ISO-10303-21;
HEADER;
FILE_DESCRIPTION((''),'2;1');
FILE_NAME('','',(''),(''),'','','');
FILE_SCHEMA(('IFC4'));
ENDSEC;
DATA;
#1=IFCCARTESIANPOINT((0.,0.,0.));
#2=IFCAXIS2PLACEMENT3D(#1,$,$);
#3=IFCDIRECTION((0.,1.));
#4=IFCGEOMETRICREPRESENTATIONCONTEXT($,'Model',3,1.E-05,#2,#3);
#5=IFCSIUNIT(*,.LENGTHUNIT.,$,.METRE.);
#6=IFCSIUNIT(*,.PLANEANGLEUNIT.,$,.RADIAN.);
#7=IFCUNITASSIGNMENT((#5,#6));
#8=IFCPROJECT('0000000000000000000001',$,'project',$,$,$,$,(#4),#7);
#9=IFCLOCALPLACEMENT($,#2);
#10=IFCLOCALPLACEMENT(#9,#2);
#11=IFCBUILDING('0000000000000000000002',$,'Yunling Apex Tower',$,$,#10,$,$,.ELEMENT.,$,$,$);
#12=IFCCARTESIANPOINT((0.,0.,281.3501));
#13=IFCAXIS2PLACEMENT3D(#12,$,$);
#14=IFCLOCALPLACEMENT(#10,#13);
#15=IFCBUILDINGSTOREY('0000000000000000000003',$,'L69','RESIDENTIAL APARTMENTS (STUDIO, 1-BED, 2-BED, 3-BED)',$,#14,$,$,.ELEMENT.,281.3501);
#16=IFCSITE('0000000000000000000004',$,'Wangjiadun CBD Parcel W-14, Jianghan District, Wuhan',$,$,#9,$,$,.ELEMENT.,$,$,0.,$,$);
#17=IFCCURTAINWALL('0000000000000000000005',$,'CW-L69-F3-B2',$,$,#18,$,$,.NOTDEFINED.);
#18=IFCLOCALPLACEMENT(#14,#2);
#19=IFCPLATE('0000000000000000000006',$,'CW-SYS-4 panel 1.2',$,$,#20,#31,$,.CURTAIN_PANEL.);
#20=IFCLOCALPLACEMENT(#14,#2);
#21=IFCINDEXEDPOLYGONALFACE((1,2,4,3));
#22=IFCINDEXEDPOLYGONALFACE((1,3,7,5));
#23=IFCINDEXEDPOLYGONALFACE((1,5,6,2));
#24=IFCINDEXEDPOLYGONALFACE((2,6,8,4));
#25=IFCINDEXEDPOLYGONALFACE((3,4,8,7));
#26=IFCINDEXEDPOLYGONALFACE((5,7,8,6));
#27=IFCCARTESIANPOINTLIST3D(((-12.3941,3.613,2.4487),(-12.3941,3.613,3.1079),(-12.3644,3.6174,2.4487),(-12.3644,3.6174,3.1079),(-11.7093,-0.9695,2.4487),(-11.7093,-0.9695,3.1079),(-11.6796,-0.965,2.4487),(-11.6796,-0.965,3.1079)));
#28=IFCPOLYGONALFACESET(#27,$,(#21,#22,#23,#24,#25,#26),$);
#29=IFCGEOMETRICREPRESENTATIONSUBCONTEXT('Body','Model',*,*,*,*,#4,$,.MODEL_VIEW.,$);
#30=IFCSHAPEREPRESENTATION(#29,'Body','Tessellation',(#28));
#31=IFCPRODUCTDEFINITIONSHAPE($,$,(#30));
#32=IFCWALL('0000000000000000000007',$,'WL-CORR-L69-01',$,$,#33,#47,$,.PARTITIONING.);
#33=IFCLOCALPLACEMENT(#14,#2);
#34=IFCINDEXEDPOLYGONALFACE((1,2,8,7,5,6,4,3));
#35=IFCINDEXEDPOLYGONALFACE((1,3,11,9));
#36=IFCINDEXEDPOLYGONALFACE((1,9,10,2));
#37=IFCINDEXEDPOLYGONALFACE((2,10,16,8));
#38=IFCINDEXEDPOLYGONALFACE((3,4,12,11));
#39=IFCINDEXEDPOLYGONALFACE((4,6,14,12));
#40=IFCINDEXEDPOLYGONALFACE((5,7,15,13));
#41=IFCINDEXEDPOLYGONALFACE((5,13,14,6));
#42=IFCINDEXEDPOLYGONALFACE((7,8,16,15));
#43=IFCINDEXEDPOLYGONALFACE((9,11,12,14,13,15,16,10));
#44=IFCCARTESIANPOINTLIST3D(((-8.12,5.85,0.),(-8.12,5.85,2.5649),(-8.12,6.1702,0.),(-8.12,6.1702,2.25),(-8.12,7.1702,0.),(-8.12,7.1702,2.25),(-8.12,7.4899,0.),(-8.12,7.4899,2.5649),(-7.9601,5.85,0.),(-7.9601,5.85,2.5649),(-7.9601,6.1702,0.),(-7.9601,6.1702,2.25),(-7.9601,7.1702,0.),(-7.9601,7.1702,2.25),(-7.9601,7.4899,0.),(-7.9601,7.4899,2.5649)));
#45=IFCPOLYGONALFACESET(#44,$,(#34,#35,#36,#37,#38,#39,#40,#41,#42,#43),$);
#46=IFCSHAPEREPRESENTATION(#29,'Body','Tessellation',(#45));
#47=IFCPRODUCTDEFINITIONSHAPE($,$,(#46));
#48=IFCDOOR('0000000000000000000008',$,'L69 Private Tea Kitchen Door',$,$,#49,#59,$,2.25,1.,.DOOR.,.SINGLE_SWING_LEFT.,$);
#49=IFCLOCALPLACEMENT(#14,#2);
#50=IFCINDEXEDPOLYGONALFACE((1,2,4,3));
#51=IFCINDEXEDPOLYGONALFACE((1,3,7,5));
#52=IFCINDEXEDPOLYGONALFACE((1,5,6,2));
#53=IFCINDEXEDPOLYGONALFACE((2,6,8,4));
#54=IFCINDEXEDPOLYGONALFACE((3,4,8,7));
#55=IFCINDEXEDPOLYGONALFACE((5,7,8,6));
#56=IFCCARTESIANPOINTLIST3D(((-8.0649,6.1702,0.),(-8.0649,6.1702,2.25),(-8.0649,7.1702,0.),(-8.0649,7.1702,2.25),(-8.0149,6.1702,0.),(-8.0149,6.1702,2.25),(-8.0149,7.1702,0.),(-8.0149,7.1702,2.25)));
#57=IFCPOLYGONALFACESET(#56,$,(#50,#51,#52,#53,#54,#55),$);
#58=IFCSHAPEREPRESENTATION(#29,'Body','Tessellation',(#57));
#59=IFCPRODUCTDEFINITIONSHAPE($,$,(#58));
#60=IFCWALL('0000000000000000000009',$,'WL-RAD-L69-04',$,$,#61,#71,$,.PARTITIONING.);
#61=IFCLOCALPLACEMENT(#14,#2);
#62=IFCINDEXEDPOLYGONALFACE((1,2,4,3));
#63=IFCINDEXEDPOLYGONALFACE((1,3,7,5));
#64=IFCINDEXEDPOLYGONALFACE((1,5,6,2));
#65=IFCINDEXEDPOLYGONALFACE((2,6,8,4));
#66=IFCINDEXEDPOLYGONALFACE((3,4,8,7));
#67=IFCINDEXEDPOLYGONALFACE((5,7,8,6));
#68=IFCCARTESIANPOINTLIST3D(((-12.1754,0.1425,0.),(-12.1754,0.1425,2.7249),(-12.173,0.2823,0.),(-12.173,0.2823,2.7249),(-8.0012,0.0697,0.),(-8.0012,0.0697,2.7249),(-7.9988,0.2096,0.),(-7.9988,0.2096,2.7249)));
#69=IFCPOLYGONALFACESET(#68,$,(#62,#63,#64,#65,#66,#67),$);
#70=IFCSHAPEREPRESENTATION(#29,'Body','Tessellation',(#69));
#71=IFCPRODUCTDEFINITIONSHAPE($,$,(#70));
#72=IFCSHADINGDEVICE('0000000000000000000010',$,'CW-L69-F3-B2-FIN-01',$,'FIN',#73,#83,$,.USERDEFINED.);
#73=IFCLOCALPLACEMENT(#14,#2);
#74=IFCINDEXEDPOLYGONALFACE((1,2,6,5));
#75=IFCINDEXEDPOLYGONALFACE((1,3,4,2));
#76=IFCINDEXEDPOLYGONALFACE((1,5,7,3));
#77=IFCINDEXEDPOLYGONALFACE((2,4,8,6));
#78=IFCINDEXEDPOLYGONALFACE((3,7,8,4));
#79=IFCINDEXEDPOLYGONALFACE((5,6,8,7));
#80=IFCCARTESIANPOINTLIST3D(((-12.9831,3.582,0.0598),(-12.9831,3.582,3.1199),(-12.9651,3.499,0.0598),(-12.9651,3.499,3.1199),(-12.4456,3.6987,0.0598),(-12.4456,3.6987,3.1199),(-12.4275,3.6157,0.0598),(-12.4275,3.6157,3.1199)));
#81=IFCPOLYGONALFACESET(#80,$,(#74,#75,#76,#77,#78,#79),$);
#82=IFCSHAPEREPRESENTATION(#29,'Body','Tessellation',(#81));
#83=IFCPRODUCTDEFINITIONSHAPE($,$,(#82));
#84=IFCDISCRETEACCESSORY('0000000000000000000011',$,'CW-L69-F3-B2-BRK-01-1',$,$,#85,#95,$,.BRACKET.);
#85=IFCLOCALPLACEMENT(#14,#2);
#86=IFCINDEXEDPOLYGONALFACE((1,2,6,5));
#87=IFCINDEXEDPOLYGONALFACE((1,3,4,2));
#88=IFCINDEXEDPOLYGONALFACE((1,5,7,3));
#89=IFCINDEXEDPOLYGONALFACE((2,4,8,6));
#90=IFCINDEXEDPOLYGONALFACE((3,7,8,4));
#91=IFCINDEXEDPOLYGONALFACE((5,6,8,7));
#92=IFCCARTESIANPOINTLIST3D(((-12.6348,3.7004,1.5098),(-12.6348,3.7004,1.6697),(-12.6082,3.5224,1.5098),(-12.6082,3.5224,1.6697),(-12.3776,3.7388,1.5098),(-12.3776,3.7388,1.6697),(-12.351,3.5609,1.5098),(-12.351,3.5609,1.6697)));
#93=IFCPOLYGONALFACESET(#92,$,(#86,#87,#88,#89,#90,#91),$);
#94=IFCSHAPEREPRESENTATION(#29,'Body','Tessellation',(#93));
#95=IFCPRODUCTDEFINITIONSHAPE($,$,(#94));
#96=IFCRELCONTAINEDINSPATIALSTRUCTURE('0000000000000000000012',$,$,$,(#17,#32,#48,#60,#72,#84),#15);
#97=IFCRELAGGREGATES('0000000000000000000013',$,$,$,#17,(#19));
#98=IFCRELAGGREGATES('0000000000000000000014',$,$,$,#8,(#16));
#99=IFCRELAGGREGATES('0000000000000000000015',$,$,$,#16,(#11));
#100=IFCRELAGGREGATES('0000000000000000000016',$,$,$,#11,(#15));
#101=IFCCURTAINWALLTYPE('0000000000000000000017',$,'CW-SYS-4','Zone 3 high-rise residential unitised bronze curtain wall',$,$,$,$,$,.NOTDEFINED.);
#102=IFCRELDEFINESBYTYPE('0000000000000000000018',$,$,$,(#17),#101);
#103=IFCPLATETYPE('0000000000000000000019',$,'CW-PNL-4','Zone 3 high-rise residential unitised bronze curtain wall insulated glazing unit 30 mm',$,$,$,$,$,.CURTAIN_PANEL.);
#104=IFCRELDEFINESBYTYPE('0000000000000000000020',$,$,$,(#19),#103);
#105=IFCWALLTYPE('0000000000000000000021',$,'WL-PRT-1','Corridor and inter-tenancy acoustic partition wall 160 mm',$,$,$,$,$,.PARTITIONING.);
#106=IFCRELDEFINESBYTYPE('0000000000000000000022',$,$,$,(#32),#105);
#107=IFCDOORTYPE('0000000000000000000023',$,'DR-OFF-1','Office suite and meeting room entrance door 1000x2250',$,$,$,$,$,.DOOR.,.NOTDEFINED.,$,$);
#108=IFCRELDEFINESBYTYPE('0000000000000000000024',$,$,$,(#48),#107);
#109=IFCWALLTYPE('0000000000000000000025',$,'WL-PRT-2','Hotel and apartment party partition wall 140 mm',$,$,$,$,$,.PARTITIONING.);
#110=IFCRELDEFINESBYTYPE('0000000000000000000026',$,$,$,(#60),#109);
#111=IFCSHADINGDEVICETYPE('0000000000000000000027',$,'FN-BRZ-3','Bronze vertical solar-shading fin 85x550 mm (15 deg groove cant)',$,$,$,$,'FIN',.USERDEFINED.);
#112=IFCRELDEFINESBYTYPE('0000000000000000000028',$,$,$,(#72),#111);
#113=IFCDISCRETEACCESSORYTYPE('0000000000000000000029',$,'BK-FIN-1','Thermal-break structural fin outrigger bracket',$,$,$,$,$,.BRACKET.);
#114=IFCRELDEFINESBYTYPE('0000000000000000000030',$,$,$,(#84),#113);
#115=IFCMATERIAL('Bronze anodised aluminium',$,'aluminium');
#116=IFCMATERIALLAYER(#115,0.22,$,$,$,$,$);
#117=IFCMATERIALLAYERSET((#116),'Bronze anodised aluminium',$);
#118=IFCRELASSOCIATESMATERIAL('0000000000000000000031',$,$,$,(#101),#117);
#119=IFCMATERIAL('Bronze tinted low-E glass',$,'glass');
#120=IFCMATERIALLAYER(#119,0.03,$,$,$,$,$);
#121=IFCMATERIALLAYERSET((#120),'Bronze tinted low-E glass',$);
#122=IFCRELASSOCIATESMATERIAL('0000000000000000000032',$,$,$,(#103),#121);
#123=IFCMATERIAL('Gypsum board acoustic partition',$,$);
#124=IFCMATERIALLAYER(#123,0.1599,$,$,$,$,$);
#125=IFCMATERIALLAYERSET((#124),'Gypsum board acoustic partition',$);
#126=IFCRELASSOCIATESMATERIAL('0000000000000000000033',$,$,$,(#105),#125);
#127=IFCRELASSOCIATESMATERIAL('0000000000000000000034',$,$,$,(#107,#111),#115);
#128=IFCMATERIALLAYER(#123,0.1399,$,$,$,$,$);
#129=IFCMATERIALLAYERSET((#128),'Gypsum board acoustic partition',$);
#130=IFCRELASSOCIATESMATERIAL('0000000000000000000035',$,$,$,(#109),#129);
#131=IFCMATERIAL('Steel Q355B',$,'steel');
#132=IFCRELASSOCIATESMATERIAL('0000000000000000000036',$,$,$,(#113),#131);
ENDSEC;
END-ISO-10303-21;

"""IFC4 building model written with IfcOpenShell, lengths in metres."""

from ifc_helpers import new_model, si_unit, direction, frame, frame_2d, origin, origin_2d, place, context, subcontext, project, spatial, rectangle, extrude, source, transform, mapped, material, layer, layer_set, material_profile, profile_set, type_object, element, fill, aggregate, save


model = new_model("IFC4")

# Units and contexts
model_context = context("Model", 3, precision=1e-05, world=origin(), true_north=direction((0.0, 1.0)))
body_context = subcontext(model_context, "Body", "Model", "MODEL_VIEW")
ifc_project = project(units=[si_unit("LENGTHUNIT", "METRE"), si_unit("PLANEANGLEUNIT", "RADIAN")], contexts=[model_context])

# Site, building, storey
site_placement = place(None, origin())
site = spatial("IfcSite", under=ifc_project, at=site_placement, Name="Wangjiadun CBD Parcel W-14, Jianghan District, Wuhan", CompositionType="ELEMENT", RefElevation=0.0)
building_placement = place(site_placement, origin())
building = spatial("IfcBuilding", under=site, at=building_placement, Name="Yunling Apex Tower", CompositionType="ELEMENT")
storey_placement = place(building_placement, frame((0.0, 0.0, 281.3501)))
storey = spatial("IfcBuildingStorey", under=building, at=storey_placement, Name="L69", Description="RESIDENTIAL APARTMENTS (STUDIO, 1-BED, 2-BED, 3-BED)", CompositionType="ELEMENT", Elevation=281.3501)

# Shared definitions
ifc_material_1 = material(Name="Steel Q355B", Category="steel")

# Shared definitions
ifc_material_2 = material(Name="Bronze anodised aluminium", Category="aluminium")
ifc_layer_1 = layer(ifc_material_2, 0.22)
ifc_layer_set_1 = layer_set([ifc_layer_1], Name="Bronze anodised aluminium")
curtain_wall_type = type_object("IfcCurtainWallType", Name="CW-SYS-4", Description="Zone 3 high-rise residential unitised bronze curtain wall", PredefinedType="NOTDEFINED", material=ifc_layer_set_1)

# Curtain wall, plate
curtain_wall_1_placement = place(storey_placement, origin())
curtain_wall_1 = element("IfcCurtainWall", 1, at=curtain_wall_1_placement, inside=storey, type_object=curtain_wall_type, Name="CW-L69-F3-B2", PredefinedType="NOTDEFINED")
ifc_material_3 = material(Name="Bronze tinted low-E glass", Category="glass")
ifc_layer_2 = layer(ifc_material_3, 0.03)
ifc_layer_set_2 = layer_set([ifc_layer_2], Name="Bronze tinted low-E glass")
plate_type = type_object("IfcPlateType", Name="CW-PNL-4", Description="Zone 3 high-rise residential unitised bronze curtain wall insulated glazing unit 30 mm", PredefinedType="CURTAIN_PANEL", material=ifc_layer_set_2)
shared_shape_1 = source(origin(), body_context, "Body", "SweptSolid", [
    extrude(rectangle(XDim=4.6333, YDim=0.03, at=origin_2d()), origin(), (0.0, 0.0, 1.0), 0.6592),
])
plate_1_placement = place(storey_placement, frame((-12.0369, 1.324, 2.4487), z_axis=(0.0, 0.0, 1.0), x_axis=(0.147804, -0.989017, 0.0)))
plate_1 = element("IfcPlate", 2, at=plate_1_placement, type_object=plate_type, Name="CW-SYS-4 panel 1.2", PredefinedType="CURTAIN_PANEL", context=body_context, shape_type="MappedRepresentation", body=[
    mapped(shared_shape_1, transform((0.0, 0.0, 0.0), scale=1.0)),
])
aggregate(curtain_wall_1, [plate_1])

# Wall, opening, door
ifc_material_4 = material(Name="Gypsum board acoustic partition")
ifc_layer_3 = layer(ifc_material_4, 0.1599)
ifc_layer_set_3 = layer_set([ifc_layer_3], Name="Gypsum board acoustic partition")
wall_type_1 = type_object("IfcWallType", Name="WL-PRT-1", Description="Corridor and inter-tenancy acoustic partition wall 160 mm", PredefinedType="PARTITIONING", material=ifc_layer_set_3)
wall_1_placement = place(storey_placement, frame((-8.04, 5.8501, 0.0), z_axis=(0.0, 0.0, 1.0), x_axis=(0.0, 1.0, 0.0)))
wall_1 = element("IfcWall", 3, at=wall_1_placement, inside=storey, type_object=wall_type_1, Name="WL-CORR-L69-01", PredefinedType="PARTITIONING", context=body_context, shape_type="SweptSolid", body=[
    extrude(rectangle(XDim=1.6399, YDim=0.1599, at=frame_2d((0.8198, 0.0))), origin(), (0.0, 0.0, 1.0), 2.5649),
])
opening_placement = place(wall_1_placement, frame((0.3201, 0.0, 0.0)))
opening = element("IfcOpeningElement", 4, at=opening_placement, cuts=wall_1, PredefinedType="OPENING", context=body_context, shape_type="SweptSolid", body=[
    extrude(rectangle(XDim=1.0, YDim=2.25, at=frame_2d((0.5, 1.125))), frame((0.0, 0.0898, 0.0), z_axis=(0.0, -1.0, 0.0), x_axis=(1.0, 0.0, 0.0)), (0.0, 0.0, 1.0), 0.1799),
])
door_type = type_object("IfcDoorType", Name="DR-OFF-1", Description="Office suite and meeting room entrance door 1000x2250", OperationType="NOTDEFINED", PredefinedType="DOOR", material=ifc_material_2)
door_placement = place(opening_placement, origin())
door = element("IfcDoor", 5, at=door_placement, inside=storey, type_object=door_type, Name="L69 Private Tea Kitchen Door", OperationType="SINGLE_SWING_LEFT", OverallHeight=2.25, OverallWidth=1.0, PredefinedType="DOOR", context=body_context, shape_type="SweptSolid", body=[
    extrude(rectangle(XDim=1.0, YDim=2.25, at=frame_2d((0.5, 1.125))), frame((0.0, 0.0249, 0.0), z_axis=(0.0, -1.0, 0.0), x_axis=(1.0, 0.0, 0.0)), (0.0, 0.0, 1.0), 0.05),
])
fill(opening, door)

# Wall
ifc_layer_4 = layer(ifc_material_4, 0.1399)
ifc_layer_set_4 = layer_set([ifc_layer_4], Name="Gypsum board acoustic partition")
wall_type_2 = type_object("IfcWallType", Name="WL-PRT-2", Description="Hotel and apartment party partition wall 140 mm", PredefinedType="PARTITIONING", material=ifc_layer_set_4)
wall_2_placement = place(storey_placement, frame((-8.0, 0.1396, 0.0), z_axis=(0.0, 0.0, 1.0), x_axis=(-0.999848, 0.017427, 0.0)))
element("IfcWall", 6, at=wall_2_placement, inside=storey, type_object=wall_type_2, Name="WL-RAD-L69-04", PredefinedType="PARTITIONING", context=body_context, shape_type="SweptSolid", body=[
    extrude(rectangle(XDim=4.1748, YDim=0.1399, at=frame_2d((2.0874, 0.0))), origin(), (0.0, 0.0, 1.0), 2.7249),
])

# Shading device
ifc_material_profile_1 = material_profile(ifc_material_2, rectangle(XDim=0.085, YDim=0.55, at=origin_2d()))
ifc_profile_set_1 = profile_set([ifc_material_profile_1], Name="Bronze anodised aluminium")
shading_device_type = type_object("IfcShadingDeviceType", Name="FN-BRZ-3", Description="Bronze vertical solar-shading fin 85x550 mm (15 deg groove cant)", ElementType="FIN", PredefinedType="USERDEFINED", material=ifc_profile_set_1)
shared_shape_2 = source(origin(), body_context, "Body", "SweptSolid", [
    extrude(rectangle(XDim=0.085, YDim=0.55, at=origin_2d()), origin(), (0.0, 0.0, 1.0), 3.0601),
])
shading_device_placement = place(storey_placement, frame((-12.7053, 3.5989, 0.0598), z_axis=(0.0, 0.0, 1.0), x_axis=(0.212178, -0.977231, 0.0)))
element("IfcShadingDevice", 7, at=shading_device_placement, inside=storey, type_object=shading_device_type, Name="CW-L69-F3-B2-FIN-01", ObjectType="FIN", PredefinedType="USERDEFINED", context=body_context, shape_type="MappedRepresentation", body=[
    mapped(shared_shape_2, transform((0.0, 0.0, 0.0), scale=1.0)),
])

# Discrete accessory
discrete_accessory_type = type_object("IfcDiscreteAccessoryType", Name="BK-FIN-1", Description="Thermal-break structural fin outrigger bracket", PredefinedType="BRACKET", material=ifc_material_1)
shared_shape_3 = source(origin(), body_context, "Body", "SweptSolid", [
    extrude(rectangle(XDim=0.1799, YDim=0.26, at=origin_2d()), origin(), (0.0, 0.0, 1.0), 0.1599),
])
discrete_accessory_placement = place(storey_placement, frame((-12.4929, 3.6306, 1.5098), z_axis=(0.0, 0.0, 1.0), x_axis=(0.147809, -0.989016, 0.0)))
element("IfcDiscreteAccessory", 8, at=discrete_accessory_placement, inside=storey, type_object=discrete_accessory_type, Name="CW-L69-F3-B2-BRK-01-1", PredefinedType="BRACKET", context=body_context, shape_type="MappedRepresentation", body=[
    mapped(shared_shape_3, transform((0.0, 0.0, 0.0), scale=1.0)),
])

save(model, "model.ifc")
